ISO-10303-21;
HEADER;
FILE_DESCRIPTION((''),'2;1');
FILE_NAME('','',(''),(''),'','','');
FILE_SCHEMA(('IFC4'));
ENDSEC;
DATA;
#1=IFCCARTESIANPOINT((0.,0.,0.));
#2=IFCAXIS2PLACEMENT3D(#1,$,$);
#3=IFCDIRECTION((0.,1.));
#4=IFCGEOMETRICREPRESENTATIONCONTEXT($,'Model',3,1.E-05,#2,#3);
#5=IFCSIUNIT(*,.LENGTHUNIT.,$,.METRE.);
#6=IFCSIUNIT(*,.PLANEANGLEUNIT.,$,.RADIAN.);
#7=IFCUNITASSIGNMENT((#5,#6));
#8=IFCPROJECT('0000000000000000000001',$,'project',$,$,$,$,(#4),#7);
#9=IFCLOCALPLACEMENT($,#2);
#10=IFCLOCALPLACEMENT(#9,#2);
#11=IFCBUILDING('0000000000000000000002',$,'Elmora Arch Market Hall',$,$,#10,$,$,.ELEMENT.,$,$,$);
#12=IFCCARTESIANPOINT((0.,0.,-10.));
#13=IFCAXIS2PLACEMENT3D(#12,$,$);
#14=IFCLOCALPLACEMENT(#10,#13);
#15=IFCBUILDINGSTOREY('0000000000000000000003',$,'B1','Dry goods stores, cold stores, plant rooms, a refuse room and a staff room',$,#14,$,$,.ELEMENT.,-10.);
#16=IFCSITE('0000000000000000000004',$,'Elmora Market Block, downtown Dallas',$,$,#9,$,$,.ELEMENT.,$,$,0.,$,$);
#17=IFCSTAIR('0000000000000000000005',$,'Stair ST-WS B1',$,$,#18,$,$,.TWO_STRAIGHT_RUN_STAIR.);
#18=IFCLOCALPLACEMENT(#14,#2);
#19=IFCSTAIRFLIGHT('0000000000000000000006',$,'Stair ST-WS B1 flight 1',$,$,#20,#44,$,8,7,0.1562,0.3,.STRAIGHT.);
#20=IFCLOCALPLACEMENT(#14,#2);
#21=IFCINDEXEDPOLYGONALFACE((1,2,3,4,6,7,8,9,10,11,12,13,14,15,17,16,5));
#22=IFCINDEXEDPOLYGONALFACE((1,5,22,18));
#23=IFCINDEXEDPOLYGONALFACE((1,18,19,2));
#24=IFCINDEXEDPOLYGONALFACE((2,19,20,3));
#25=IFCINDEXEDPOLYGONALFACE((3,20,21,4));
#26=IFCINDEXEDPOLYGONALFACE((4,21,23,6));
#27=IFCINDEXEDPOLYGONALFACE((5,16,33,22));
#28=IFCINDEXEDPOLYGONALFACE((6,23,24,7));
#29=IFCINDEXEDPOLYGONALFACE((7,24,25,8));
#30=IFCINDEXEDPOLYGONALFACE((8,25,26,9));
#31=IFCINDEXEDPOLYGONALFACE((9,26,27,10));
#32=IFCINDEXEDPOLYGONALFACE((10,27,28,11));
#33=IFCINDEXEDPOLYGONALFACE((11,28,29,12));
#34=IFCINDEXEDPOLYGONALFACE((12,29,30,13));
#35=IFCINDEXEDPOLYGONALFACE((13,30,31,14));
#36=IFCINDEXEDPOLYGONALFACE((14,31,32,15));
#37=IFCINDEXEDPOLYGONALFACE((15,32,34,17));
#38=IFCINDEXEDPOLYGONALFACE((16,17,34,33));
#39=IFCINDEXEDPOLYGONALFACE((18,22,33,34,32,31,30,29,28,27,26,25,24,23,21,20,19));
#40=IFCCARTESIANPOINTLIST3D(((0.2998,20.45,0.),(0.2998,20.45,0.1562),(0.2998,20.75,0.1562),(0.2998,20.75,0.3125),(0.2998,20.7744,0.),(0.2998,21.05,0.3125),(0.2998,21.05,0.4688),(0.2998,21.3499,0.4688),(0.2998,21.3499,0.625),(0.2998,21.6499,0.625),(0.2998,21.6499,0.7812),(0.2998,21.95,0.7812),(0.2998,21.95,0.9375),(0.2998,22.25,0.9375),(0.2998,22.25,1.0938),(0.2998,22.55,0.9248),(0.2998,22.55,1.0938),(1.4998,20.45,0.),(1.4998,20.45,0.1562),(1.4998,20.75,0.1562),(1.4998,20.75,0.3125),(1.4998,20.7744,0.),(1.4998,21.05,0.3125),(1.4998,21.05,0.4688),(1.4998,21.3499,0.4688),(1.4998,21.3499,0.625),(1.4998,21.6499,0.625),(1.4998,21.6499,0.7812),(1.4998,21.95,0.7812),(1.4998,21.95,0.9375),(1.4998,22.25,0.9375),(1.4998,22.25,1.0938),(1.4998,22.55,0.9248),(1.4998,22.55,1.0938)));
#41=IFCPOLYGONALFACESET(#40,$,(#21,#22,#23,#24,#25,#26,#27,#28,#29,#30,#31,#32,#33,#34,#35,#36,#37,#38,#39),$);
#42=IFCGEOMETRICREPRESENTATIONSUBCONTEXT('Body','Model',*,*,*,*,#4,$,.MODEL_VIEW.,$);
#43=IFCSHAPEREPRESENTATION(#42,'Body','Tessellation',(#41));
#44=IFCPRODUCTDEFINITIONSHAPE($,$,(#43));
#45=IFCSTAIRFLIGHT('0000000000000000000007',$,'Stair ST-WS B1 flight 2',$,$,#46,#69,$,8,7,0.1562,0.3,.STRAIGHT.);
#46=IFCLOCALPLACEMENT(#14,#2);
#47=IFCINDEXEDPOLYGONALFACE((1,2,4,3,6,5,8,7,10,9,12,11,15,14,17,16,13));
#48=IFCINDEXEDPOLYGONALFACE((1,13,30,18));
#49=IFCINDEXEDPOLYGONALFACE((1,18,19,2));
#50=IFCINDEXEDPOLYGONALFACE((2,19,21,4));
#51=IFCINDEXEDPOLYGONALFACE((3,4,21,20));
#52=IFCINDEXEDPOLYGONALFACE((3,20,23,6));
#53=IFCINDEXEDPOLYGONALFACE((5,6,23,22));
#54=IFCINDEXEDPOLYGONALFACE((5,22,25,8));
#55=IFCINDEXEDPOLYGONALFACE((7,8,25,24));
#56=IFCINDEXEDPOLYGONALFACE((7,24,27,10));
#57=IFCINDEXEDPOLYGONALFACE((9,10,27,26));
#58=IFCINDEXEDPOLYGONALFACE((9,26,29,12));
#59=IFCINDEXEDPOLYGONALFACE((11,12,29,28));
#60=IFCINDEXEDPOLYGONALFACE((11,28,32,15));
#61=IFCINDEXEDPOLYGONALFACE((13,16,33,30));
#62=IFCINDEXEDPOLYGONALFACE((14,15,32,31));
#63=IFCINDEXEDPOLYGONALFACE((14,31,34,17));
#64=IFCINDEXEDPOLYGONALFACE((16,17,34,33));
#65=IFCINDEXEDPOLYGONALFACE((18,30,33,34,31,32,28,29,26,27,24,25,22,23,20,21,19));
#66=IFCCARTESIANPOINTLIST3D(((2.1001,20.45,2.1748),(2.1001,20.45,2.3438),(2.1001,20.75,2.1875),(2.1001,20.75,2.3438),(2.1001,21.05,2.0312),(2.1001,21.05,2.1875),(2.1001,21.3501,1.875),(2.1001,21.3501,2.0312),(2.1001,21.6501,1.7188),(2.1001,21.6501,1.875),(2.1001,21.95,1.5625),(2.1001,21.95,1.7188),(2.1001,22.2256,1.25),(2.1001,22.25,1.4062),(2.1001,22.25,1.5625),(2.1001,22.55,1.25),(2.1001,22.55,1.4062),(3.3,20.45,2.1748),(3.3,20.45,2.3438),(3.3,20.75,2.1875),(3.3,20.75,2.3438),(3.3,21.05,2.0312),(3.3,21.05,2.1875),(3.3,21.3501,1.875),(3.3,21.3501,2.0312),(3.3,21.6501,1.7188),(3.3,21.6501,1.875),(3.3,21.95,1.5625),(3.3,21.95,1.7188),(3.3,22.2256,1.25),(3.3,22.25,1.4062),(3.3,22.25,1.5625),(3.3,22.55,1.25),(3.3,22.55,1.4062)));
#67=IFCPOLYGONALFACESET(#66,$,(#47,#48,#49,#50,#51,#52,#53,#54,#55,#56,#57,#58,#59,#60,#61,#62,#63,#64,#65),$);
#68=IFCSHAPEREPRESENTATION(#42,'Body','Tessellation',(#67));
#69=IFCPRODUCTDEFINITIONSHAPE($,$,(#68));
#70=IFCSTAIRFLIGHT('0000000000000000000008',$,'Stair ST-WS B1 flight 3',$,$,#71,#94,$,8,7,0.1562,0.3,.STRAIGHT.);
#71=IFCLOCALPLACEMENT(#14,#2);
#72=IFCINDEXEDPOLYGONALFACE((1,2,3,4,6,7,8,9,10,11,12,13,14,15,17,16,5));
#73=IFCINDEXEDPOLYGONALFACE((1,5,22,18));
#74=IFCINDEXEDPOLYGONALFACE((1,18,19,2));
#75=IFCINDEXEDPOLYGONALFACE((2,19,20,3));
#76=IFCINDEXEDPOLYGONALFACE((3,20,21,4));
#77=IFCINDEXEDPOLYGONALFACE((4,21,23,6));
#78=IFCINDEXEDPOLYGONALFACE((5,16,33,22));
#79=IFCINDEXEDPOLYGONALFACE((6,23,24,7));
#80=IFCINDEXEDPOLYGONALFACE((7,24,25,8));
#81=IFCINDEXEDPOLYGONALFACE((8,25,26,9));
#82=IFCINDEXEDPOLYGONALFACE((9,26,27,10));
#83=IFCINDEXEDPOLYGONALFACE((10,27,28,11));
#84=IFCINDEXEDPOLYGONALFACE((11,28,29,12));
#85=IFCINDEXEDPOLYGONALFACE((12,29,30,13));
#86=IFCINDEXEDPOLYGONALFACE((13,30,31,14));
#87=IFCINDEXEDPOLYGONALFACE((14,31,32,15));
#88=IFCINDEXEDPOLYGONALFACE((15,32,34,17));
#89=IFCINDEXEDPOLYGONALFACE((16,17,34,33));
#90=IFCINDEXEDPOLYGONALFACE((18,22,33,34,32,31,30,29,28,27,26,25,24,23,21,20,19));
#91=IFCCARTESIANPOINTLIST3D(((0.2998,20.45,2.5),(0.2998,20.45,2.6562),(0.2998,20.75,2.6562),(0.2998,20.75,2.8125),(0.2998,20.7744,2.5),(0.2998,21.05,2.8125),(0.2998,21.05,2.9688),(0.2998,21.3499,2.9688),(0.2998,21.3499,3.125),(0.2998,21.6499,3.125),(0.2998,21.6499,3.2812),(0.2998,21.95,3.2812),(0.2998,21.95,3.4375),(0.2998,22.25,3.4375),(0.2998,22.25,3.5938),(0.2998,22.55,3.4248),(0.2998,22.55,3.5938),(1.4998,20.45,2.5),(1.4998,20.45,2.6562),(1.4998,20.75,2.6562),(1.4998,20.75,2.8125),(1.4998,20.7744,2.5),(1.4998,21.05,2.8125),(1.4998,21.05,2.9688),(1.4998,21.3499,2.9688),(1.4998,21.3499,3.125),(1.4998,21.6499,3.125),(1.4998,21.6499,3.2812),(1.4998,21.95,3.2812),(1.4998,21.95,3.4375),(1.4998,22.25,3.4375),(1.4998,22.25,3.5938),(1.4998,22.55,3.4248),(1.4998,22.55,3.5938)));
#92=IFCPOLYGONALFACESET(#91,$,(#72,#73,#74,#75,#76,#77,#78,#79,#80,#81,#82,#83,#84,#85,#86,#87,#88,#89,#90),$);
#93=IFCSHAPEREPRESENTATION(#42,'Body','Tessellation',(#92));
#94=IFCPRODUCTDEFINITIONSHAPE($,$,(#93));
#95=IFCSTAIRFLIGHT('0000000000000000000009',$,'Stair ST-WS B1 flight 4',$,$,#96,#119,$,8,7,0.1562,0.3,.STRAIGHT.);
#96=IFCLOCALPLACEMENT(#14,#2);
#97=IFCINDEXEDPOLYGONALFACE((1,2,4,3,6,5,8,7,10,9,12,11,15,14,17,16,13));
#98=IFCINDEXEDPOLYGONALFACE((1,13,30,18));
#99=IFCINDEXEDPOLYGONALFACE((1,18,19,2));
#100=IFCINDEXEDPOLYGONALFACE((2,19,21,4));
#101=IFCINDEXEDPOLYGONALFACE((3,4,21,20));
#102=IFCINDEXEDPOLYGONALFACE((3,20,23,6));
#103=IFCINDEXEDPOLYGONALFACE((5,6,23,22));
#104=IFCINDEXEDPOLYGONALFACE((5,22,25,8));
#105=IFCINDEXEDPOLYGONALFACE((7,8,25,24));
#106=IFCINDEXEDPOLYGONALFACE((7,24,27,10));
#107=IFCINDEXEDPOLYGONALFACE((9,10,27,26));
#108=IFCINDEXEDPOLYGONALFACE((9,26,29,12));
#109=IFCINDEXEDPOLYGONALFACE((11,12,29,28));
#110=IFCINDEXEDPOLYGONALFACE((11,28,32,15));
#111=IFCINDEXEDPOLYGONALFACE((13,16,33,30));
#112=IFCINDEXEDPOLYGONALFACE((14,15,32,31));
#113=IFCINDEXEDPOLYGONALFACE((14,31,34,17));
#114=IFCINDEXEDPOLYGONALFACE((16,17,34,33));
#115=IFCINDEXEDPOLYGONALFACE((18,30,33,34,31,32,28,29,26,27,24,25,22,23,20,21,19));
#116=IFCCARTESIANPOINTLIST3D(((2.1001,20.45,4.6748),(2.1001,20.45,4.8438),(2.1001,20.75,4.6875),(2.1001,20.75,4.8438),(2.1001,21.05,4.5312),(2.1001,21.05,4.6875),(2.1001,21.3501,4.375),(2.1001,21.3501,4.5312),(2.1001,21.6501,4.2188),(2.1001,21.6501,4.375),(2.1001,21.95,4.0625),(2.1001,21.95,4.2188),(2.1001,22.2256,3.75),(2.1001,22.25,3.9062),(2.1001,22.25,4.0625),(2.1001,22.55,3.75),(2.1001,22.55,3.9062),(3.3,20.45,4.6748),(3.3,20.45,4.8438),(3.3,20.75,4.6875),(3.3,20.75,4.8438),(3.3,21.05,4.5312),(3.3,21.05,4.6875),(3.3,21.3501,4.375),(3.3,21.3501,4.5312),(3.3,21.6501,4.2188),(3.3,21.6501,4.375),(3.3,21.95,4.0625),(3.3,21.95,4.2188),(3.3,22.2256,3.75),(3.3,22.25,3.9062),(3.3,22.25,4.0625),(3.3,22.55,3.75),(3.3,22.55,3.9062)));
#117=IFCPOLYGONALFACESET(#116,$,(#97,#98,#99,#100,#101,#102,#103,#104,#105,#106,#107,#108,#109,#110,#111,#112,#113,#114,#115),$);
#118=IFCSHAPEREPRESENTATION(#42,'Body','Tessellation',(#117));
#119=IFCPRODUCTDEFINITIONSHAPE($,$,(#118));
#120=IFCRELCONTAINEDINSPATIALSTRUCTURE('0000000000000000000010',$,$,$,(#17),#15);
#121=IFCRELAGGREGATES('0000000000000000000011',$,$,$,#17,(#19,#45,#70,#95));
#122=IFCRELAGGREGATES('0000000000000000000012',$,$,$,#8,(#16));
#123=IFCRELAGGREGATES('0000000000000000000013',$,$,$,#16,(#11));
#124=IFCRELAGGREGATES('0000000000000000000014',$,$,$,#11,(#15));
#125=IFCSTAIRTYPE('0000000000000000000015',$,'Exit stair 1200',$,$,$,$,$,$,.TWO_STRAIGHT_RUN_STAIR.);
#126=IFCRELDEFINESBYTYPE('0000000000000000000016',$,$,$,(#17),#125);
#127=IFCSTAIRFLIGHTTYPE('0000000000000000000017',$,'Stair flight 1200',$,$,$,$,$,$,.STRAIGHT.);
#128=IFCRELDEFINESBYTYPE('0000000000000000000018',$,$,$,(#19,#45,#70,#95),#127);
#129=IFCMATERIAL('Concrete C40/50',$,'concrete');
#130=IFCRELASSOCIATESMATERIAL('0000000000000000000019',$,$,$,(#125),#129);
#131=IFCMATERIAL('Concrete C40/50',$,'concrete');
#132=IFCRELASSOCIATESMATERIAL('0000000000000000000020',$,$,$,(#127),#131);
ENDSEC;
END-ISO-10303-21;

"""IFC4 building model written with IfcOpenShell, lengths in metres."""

from ifc_helpers import new_model, si_unit, direction, frame, origin, place, context, subcontext, project, spatial, polyline, outline, extrude, material, type_object, element, aggregate, save


model = new_model("IFC4")

# Units and contexts
model_context = context("Model", 3, precision=1e-05, world=origin(), true_north=direction((0.0, 1.0)))
body_context = subcontext(model_context, "Body", "Model", "MODEL_VIEW")
ifc_project = project(units=[si_unit("LENGTHUNIT", "METRE"), si_unit("PLANEANGLEUNIT", "RADIAN")], contexts=[model_context])

# Site, building, storey
site_placement = place(None, origin())
site = spatial("IfcSite", under=ifc_project, at=site_placement, Name="Elmora Market Block, downtown Dallas", CompositionType="ELEMENT", RefElevation=0.0)
building_placement = place(site_placement, origin())
building = spatial("IfcBuilding", under=site, at=building_placement, Name="Elmora Arch Market Hall", CompositionType="ELEMENT")
storey_placement = place(building_placement, frame((0.0, 0.0, -10.0)))
storey = spatial("IfcBuildingStorey", under=building, at=storey_placement, Name="B1", Description="Dry goods stores, cold stores, plant rooms, a refuse room and a staff room", CompositionType="ELEMENT", Elevation=-10.0)

# Stair, stair flights
ifc_material_1 = material(Name="Concrete C40/50", Category="concrete")
stair_type = type_object("IfcStairType", Name="Exit stair 1200", PredefinedType="TWO_STRAIGHT_RUN_STAIR", material=ifc_material_1)
stair_placement = place(storey_placement, origin())
stair = element("IfcStair", 1, at=stair_placement, inside=storey, type_object=stair_type, Name="Stair ST-WS B1", PredefinedType="TWO_STRAIGHT_RUN_STAIR")
ifc_material_2 = material(Name="Concrete C40/50", Category="concrete")
stair_flight_type = type_object("IfcStairFlightType", Name="Stair flight 1200", PredefinedType="STRAIGHT", material=ifc_material_2)
stair_flight_1_placement = place(storey_placement, frame((0.8999, 20.45, 0.0), z_axis=(0.0, 0.0, 1.0), x_axis=(0.0, 1.0, 0.0)))
stair_flight_1 = element("IfcStairFlight", 2, at=stair_flight_1_placement, type_object=stair_flight_type, Name="Stair ST-WS B1 flight 1", NumberOfRisers=8, NumberOfTreads=7, PredefinedType="STRAIGHT", RiserHeight=0.1562, TreadLength=0.3, context=body_context, shape_type="SweptSolid", body=[
    extrude(outline(polyline([(0.0, 0.0), (0.0, 0.1562), (0.3, 0.1562), (0.3, 0.3125), (0.6001, 0.3125), (0.6001, 0.4688), (0.8999, 0.4688), (0.8999, 0.625), (1.2, 0.625), (1.2, 0.7812), (1.5, 0.7812), (1.5, 0.9375), (1.8, 0.9375), (1.8, 1.0938), (2.1001, 1.0938), (2.1001, 1.25), (2.1001, 0.9248), (0.3245, 0.0), (0.0, 0.0)])), frame((0.0, 0.6001, 0.0), z_axis=(0.0, -1.0, 0.0), x_axis=(1.0, 0.0, 0.0)), (0.0, 0.0, 1.0), 1.2),
])
stair_flight_2_placement = place(storey_placement, frame((2.7, 22.55, 1.25), z_axis=(0.0, 0.0, 1.0), x_axis=(0.0, -1.0, 0.0)))
stair_flight_2 = element("IfcStairFlight", 3, at=stair_flight_2_placement, type_object=stair_flight_type, Name="Stair ST-WS B1 flight 2", NumberOfRisers=8, NumberOfTreads=7, PredefinedType="STRAIGHT", RiserHeight=0.1562, TreadLength=0.3, context=body_context, shape_type="SweptSolid", body=[
    extrude(outline(polyline([(0.0, 0.0), (0.0, 0.1562), (0.3, 0.1562), (0.3, 0.3125), (0.6001, 0.3125), (0.6001, 0.4688), (0.8999, 0.4688), (0.8999, 0.625), (1.2, 0.625), (1.2, 0.7812), (1.5, 0.7812), (1.5, 0.9375), (1.8, 0.9375), (1.8, 1.0938), (2.1001, 1.0938), (2.1001, 1.25), (2.1001, 0.9248), (0.3245, 0.0), (0.0, 0.0)])), frame((0.0, 0.6001, 0.0), z_axis=(0.0, -1.0, 0.0), x_axis=(1.0, 0.0, 0.0)), (0.0, 0.0, 1.0), 1.2),
])
stair_flight_3_placement = place(storey_placement, frame((0.8999, 20.45, 2.5), z_axis=(0.0, 0.0, 1.0), x_axis=(0.0, 1.0, 0.0)))
stair_flight_3 = element("IfcStairFlight", 4, at=stair_flight_3_placement, type_object=stair_flight_type, Name="Stair ST-WS B1 flight 3", NumberOfRisers=8, NumberOfTreads=7, PredefinedType="STRAIGHT", RiserHeight=0.1562, TreadLength=0.3, context=body_context, shape_type="SweptSolid", body=[
    extrude(outline(polyline([(0.0, 0.0), (0.0, 0.1562), (0.3, 0.1562), (0.3, 0.3125), (0.6001, 0.3125), (0.6001, 0.4688), (0.8999, 0.4688), (0.8999, 0.625), (1.2, 0.625), (1.2, 0.7812), (1.5, 0.7812), (1.5, 0.9375), (1.8, 0.9375), (1.8, 1.0938), (2.1001, 1.0938), (2.1001, 1.25), (2.1001, 0.9248), (0.3245, 0.0), (0.0, 0.0)])), frame((0.0, 0.6001, 0.0), z_axis=(0.0, -1.0, 0.0), x_axis=(1.0, 0.0, 0.0)), (0.0, 0.0, 1.0), 1.2),
])
stair_flight_4_placement = place(storey_placement, frame((2.7, 22.55, 3.75), z_axis=(0.0, 0.0, 1.0), x_axis=(0.0, -1.0, 0.0)))
stair_flight_4 = element("IfcStairFlight", 5, at=stair_flight_4_placement, type_object=stair_flight_type, Name="Stair ST-WS B1 flight 4", NumberOfRisers=8, NumberOfTreads=7, PredefinedType="STRAIGHT", RiserHeight=0.1562, TreadLength=0.3, context=body_context, shape_type="SweptSolid", body=[
    extrude(outline(polyline([(0.0, 0.0), (0.0, 0.1562), (0.3, 0.1562), (0.3, 0.3125), (0.6001, 0.3125), (0.6001, 0.4688), (0.8999, 0.4688), (0.8999, 0.625), (1.2, 0.625), (1.2, 0.7812), (1.5, 0.7812), (1.5, 0.9375), (1.8, 0.9375), (1.8, 1.0938), (2.1001, 1.0938), (2.1001, 1.25), (2.1001, 0.9248), (0.3245, 0.0), (0.0, 0.0)])), frame((0.0, 0.6001, 0.0), z_axis=(0.0, -1.0, 0.0), x_axis=(1.0, 0.0, 0.0)), (0.0, 0.0, 1.0), 1.2),
])
aggregate(stair, [stair_flight_1, stair_flight_2, stair_flight_3, stair_flight_4])

save(model, "model.ifc")
